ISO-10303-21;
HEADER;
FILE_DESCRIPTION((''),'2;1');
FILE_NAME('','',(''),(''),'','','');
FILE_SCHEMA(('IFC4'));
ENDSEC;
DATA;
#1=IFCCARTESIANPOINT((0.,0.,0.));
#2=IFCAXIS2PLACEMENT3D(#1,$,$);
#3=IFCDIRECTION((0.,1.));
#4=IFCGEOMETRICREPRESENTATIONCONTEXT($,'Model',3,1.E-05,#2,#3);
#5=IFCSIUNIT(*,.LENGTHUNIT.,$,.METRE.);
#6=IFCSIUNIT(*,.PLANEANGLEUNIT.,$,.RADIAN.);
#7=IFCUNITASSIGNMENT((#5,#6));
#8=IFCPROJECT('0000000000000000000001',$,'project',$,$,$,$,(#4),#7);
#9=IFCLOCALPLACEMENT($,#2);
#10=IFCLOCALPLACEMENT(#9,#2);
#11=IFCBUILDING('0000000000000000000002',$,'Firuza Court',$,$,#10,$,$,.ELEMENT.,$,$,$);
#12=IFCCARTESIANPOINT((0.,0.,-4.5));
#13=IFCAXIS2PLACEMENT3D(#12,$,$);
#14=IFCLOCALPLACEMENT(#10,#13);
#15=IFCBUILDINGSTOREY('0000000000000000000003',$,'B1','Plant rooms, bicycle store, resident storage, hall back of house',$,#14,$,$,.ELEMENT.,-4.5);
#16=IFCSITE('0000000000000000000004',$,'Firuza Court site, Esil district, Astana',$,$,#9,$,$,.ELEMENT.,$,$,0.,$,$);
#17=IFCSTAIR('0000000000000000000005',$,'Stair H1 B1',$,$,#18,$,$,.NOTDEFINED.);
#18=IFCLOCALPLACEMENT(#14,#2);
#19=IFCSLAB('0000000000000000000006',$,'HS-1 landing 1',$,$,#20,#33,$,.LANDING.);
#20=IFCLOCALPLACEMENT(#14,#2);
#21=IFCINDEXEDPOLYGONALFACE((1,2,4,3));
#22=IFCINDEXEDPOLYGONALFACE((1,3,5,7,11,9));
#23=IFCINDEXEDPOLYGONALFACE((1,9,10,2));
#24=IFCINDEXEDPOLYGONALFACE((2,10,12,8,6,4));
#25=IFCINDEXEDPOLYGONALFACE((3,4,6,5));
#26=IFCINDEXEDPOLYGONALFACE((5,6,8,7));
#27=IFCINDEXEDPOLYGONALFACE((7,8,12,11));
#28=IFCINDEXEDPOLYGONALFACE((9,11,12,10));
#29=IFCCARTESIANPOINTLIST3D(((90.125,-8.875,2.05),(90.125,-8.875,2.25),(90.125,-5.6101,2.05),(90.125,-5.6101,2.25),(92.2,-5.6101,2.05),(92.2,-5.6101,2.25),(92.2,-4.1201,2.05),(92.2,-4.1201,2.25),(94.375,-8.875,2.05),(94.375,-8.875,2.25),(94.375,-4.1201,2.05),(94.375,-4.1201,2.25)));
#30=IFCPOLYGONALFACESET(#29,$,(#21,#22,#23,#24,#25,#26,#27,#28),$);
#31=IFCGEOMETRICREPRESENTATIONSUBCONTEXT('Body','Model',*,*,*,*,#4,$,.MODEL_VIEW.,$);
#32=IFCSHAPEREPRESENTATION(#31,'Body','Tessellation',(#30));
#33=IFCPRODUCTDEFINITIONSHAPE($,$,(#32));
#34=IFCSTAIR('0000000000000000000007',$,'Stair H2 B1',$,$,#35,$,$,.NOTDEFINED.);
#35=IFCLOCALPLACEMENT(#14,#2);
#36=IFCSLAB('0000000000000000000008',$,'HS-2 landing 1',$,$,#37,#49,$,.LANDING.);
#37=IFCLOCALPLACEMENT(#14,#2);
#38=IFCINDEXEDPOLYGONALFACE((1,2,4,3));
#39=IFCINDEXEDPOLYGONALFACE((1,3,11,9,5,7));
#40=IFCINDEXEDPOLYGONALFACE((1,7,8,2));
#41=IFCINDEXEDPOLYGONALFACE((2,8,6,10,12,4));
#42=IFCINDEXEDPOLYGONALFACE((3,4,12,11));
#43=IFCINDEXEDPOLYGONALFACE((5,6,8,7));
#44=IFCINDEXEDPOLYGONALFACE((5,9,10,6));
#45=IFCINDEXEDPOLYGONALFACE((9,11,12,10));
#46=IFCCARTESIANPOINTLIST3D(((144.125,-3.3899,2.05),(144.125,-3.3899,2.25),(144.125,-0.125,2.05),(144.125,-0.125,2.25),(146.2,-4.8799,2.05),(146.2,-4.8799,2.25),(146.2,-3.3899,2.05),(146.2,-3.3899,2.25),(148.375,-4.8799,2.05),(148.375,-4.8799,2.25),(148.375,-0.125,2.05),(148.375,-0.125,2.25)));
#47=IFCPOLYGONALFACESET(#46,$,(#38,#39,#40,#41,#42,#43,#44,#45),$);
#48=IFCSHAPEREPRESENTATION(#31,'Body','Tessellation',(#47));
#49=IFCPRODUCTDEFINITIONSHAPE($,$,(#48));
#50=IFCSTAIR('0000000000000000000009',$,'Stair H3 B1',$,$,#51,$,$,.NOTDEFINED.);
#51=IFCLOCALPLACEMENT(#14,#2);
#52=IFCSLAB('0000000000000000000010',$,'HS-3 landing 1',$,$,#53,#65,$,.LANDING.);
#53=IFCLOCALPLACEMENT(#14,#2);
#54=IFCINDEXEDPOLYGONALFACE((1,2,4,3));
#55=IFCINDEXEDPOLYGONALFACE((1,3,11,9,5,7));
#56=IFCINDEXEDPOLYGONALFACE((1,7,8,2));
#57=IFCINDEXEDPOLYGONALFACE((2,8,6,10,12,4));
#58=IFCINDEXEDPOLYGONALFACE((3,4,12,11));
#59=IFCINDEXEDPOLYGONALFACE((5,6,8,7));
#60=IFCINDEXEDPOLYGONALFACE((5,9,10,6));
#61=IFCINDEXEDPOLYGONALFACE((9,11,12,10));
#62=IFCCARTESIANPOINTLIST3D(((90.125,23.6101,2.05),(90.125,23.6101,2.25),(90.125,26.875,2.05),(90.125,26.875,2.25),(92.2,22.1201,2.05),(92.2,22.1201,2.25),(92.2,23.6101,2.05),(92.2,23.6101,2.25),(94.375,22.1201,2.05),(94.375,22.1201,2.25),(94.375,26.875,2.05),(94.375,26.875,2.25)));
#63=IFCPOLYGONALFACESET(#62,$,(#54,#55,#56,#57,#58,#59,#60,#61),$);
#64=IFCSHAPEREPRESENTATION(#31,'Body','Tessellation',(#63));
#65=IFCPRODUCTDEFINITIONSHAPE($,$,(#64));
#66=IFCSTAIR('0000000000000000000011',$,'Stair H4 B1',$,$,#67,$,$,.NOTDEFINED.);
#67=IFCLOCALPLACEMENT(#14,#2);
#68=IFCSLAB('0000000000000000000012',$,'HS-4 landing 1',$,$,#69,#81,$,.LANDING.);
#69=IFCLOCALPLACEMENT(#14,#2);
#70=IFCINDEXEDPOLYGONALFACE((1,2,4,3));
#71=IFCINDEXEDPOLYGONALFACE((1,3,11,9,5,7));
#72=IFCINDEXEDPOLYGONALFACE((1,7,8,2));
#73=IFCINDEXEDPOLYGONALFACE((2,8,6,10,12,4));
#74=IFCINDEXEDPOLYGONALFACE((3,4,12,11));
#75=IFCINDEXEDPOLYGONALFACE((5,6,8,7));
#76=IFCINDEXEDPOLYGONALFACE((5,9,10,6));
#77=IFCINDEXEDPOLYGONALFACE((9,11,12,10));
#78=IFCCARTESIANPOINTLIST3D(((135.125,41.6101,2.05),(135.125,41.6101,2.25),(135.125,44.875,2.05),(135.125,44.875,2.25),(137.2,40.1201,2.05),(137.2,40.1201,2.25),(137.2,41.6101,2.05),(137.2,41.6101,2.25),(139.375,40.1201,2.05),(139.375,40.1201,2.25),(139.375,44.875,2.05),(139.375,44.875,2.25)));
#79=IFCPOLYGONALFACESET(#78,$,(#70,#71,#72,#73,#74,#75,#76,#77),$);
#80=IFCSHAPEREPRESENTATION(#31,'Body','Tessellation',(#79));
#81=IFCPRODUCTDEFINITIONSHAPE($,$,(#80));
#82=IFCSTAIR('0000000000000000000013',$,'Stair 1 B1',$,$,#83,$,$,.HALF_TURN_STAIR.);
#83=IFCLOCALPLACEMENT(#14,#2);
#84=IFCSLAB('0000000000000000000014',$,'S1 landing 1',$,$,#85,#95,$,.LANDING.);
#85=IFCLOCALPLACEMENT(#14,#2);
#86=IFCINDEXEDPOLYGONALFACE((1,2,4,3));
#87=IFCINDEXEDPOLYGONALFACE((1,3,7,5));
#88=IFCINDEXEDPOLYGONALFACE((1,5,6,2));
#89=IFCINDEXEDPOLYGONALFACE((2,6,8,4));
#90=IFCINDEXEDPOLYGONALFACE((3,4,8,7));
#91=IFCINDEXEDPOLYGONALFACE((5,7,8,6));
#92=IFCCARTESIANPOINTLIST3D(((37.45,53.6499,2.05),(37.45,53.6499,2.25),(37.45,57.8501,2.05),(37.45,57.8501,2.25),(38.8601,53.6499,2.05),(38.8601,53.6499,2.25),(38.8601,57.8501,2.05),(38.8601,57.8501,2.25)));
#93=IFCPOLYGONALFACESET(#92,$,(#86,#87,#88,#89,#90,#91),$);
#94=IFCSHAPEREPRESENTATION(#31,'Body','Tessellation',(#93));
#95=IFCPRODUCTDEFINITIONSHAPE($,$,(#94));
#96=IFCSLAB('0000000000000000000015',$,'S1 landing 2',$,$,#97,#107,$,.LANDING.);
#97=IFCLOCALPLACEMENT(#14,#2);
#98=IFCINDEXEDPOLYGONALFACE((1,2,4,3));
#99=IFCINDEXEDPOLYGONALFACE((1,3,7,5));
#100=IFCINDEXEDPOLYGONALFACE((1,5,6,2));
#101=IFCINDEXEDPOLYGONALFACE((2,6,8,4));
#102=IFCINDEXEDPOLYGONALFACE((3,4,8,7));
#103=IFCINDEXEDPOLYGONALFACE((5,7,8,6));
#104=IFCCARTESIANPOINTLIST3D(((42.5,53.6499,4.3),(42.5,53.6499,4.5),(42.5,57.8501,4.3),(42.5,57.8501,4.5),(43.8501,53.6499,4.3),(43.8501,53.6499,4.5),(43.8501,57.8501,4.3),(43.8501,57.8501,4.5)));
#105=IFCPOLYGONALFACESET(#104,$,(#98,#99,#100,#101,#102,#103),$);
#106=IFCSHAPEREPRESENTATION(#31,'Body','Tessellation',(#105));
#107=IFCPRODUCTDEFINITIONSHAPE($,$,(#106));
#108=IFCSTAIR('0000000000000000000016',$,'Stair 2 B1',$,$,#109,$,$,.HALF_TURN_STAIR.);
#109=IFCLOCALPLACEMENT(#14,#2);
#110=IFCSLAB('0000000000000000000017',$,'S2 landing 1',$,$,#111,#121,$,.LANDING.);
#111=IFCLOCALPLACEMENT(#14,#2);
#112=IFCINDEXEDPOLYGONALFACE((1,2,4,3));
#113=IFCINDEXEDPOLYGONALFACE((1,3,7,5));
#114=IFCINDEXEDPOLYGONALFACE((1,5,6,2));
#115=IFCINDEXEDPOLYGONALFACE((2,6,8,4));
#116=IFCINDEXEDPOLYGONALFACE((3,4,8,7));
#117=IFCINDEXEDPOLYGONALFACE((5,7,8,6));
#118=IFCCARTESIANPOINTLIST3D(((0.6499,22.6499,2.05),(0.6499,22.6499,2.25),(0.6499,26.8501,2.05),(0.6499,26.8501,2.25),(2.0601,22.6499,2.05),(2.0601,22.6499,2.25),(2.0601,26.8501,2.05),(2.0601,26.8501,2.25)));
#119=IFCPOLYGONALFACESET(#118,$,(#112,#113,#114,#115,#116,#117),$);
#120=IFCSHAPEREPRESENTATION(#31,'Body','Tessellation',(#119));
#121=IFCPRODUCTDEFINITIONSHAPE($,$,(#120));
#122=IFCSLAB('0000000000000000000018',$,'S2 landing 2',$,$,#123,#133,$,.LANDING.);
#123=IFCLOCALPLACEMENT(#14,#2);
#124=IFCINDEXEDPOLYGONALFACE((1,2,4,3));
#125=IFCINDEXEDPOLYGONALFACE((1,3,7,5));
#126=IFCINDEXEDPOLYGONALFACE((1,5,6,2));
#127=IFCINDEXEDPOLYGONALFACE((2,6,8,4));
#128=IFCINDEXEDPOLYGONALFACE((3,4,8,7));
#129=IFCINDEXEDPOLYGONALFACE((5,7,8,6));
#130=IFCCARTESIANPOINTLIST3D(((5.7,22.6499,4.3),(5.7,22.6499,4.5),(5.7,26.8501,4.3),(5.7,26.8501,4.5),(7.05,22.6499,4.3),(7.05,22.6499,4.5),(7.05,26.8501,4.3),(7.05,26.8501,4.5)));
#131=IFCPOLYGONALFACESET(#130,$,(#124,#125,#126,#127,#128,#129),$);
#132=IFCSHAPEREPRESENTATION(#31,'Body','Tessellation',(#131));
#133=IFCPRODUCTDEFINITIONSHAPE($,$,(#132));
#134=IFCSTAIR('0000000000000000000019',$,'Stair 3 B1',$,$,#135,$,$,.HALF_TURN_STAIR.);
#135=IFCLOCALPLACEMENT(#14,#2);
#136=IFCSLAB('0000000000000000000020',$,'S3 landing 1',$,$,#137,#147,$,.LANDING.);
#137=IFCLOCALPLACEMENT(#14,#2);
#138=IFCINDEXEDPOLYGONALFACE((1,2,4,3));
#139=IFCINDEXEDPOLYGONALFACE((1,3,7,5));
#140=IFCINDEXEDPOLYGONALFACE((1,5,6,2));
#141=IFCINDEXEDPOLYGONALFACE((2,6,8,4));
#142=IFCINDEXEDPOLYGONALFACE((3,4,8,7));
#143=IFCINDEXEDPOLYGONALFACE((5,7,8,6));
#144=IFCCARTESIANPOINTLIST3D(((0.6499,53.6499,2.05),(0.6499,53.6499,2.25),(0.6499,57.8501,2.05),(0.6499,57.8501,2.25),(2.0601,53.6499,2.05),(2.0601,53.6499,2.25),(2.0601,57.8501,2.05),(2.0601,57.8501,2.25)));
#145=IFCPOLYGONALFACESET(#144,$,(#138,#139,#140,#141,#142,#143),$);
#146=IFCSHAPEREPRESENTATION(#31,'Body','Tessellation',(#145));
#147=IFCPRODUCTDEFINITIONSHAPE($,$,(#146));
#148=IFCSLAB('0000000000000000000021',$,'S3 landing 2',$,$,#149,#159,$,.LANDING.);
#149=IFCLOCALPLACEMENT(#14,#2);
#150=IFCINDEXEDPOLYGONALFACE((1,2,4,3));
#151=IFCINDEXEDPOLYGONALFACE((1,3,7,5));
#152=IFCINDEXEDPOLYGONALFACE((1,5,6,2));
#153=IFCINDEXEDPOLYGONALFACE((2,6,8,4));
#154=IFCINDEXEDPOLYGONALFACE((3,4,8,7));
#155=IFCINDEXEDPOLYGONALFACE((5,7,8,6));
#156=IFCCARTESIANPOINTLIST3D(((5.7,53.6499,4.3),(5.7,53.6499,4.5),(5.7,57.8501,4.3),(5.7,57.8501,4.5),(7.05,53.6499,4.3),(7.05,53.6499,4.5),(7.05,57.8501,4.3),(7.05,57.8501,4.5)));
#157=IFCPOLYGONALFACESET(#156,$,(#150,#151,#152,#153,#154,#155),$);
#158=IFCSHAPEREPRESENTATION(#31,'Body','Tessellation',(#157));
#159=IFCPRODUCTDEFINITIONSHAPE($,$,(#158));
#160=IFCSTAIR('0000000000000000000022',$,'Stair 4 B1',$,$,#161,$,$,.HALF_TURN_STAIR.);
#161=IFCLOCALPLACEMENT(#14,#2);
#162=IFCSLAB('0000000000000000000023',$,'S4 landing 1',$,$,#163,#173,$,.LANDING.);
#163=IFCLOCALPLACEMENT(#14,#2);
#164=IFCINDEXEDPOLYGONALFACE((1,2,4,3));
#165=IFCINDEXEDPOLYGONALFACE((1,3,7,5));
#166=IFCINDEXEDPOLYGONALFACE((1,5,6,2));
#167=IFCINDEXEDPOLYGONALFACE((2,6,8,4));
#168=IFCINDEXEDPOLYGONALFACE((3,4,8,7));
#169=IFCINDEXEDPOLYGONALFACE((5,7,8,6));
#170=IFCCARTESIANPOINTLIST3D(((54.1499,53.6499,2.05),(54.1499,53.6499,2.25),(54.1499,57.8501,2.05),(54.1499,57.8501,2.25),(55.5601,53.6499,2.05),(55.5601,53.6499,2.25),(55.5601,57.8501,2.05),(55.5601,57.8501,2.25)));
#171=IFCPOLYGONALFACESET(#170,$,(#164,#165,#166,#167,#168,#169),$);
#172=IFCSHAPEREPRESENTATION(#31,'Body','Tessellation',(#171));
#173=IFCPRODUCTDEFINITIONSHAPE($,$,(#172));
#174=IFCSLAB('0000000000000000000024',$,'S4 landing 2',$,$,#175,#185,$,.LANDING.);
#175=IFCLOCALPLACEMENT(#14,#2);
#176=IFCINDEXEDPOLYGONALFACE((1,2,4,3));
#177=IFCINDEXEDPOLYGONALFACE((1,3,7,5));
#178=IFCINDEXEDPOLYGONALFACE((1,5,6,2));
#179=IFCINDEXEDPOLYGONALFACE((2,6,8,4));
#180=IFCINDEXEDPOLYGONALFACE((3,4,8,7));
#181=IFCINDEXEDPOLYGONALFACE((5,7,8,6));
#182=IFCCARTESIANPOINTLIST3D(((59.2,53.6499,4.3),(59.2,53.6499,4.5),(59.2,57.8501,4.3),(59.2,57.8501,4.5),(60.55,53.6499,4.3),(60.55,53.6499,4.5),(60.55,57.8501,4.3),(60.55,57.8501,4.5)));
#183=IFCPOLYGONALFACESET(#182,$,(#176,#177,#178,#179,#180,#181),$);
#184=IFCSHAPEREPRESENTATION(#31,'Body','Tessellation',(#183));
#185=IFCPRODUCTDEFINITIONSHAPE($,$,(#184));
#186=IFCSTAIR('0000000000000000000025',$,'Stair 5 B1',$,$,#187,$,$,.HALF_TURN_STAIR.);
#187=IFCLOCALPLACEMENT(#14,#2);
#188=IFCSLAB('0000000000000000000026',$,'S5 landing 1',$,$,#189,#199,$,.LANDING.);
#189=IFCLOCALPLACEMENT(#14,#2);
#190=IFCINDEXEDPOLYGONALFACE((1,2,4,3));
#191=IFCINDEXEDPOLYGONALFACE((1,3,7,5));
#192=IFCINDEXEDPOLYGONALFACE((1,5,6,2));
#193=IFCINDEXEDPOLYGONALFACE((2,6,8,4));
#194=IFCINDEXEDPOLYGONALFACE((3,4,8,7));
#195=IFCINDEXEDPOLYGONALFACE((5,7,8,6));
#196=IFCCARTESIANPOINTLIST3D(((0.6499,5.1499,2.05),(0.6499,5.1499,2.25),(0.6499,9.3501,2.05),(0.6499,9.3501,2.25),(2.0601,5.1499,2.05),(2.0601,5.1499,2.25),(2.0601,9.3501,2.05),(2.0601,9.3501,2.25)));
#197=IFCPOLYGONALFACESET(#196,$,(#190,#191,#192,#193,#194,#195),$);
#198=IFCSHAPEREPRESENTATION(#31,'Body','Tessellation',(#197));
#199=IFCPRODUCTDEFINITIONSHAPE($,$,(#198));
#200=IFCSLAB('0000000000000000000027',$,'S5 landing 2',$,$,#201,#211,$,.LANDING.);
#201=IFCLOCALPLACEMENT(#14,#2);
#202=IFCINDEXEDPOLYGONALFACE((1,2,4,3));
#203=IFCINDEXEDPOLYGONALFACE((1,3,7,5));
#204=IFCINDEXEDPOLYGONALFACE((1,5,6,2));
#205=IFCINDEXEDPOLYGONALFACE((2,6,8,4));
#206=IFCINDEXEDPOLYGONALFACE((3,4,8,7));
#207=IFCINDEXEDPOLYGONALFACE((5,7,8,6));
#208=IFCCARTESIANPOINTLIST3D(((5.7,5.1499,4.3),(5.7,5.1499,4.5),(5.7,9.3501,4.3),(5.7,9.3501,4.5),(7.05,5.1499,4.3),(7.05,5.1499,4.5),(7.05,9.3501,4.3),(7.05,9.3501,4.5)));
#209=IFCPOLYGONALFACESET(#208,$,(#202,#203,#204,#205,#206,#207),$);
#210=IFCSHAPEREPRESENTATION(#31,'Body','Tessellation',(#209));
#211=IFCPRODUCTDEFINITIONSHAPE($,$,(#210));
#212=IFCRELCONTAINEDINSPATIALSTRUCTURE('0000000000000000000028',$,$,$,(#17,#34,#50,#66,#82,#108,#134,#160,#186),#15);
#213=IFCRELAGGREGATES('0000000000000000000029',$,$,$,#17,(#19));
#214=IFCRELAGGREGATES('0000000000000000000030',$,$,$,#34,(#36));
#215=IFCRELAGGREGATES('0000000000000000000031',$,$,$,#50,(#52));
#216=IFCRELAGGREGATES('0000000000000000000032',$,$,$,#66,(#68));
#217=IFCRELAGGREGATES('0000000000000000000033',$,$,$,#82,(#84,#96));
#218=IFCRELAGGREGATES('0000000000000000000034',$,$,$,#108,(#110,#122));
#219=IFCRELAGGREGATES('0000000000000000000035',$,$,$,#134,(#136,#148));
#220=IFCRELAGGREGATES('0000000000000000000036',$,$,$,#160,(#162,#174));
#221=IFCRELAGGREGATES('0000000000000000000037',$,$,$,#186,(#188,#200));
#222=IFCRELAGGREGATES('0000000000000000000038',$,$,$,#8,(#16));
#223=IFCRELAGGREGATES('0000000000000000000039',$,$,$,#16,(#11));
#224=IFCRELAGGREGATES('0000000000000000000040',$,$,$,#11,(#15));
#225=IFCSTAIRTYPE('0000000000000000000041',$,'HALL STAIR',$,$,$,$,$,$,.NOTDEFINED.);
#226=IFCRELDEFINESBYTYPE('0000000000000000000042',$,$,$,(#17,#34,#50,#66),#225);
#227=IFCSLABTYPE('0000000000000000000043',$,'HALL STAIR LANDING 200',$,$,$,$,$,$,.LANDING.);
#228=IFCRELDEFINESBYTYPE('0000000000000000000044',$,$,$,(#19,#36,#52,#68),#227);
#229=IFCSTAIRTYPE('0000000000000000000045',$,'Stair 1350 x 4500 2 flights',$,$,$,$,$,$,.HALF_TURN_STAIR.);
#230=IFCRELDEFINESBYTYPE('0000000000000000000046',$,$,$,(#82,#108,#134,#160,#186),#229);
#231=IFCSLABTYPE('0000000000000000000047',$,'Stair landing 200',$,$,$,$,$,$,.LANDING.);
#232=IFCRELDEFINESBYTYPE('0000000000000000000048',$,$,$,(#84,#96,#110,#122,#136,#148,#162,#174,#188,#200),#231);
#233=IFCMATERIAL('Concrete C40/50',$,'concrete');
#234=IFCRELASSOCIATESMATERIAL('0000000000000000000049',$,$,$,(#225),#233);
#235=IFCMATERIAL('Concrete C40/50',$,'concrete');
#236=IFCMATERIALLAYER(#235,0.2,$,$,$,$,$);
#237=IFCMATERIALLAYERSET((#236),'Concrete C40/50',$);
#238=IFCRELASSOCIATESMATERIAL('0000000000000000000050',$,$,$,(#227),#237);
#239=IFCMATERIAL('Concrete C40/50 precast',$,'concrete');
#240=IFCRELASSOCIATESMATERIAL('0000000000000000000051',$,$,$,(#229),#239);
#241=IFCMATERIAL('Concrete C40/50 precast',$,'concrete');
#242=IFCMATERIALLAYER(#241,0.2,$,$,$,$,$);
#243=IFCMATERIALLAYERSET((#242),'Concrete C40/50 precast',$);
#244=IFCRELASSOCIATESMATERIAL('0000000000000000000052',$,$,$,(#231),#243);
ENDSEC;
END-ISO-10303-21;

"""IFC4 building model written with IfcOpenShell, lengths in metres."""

from ifc_helpers import new_model, si_unit, direction, frame, origin, place, context, subcontext, project, spatial, polyline, outline, extrude, material, layer, layer_set, type_object, element, aggregate, save


model = new_model("IFC4")

# Units and contexts
model_context = context("Model", 3, precision=1e-05, world=origin(), true_north=direction((0.0, 1.0)))
body_context = subcontext(model_context, "Body", "Model", "MODEL_VIEW")
ifc_project = project(units=[si_unit("LENGTHUNIT", "METRE"), si_unit("PLANEANGLEUNIT", "RADIAN")], contexts=[model_context])

# Site, building, storey
site_placement = place(None, origin())
site = spatial("IfcSite", under=ifc_project, at=site_placement, Name="Firuza Court site, Esil district, Astana", CompositionType="ELEMENT", RefElevation=0.0)
building_placement = place(site_placement, origin())
building = spatial("IfcBuilding", under=site, at=building_placement, Name="Firuza Court", CompositionType="ELEMENT")
storey_placement = place(building_placement, frame((0.0, 0.0, -4.5)))
storey = spatial("IfcBuildingStorey", under=building, at=storey_placement, Name="B1", Description="Plant rooms, bicycle store, resident storage, hall back of house", CompositionType="ELEMENT", Elevation=-4.5)

# Shared definitions
ifc_material_1 = material(Name="Concrete C40/50", Category="concrete")

# Stairs, slabs
ifc_material_2 = material(Name="Concrete C40/50", Category="concrete")
stair_type_1 = type_object("IfcStairType", Name="HALL STAIR", PredefinedType="NOTDEFINED", material=ifc_material_2)
stair_1_placement = place(storey_placement, origin())
stair_1 = element("IfcStair", 1, at=stair_1_placement, inside=storey, type_object=stair_type_1, Name="Stair H1 B1", PredefinedType="NOTDEFINED")
ifc_layer_1 = layer(ifc_material_1, 0.2)
ifc_layer_set_1 = layer_set([ifc_layer_1], Name="Concrete C40/50")
slab_type_1 = type_object("IfcSlabType", Name="HALL STAIR LANDING 200", PredefinedType="LANDING", material=ifc_layer_set_1)
slab_1_placement = place(storey_placement, frame((0.0, 0.0, 2.05)))
slab_1 = element("IfcSlab", 2, at=slab_1_placement, type_object=slab_type_1, Name="HS-1 landing 1", PredefinedType="LANDING", context=body_context, shape_type="SweptSolid", body=[
    extrude(outline(polyline([(90.125, -5.6101), (92.2, -5.6101), (92.2, -4.1201), (94.375, -4.1201), (94.375, -8.875), (90.125, -8.875), (90.125, -5.6101)])), origin(), (0.0, 0.0, 1.0), 0.2),
])
aggregate(stair_1, [slab_1])
stair_2_placement = place(storey_placement, origin())
stair_2 = element("IfcStair", 3, at=stair_2_placement, inside=storey, type_object=stair_type_1, Name="Stair H2 B1", PredefinedType="NOTDEFINED")
slab_2_placement = place(storey_placement, frame((0.0, 0.0, 2.05)))
slab_2 = element("IfcSlab", 4, at=slab_2_placement, type_object=slab_type_1, Name="HS-2 landing 1", PredefinedType="LANDING", context=body_context, shape_type="SweptSolid", body=[
    extrude(outline(polyline([(144.125, -3.3899), (146.2, -3.3899), (146.2, -4.8799), (148.375, -4.8799), (148.375, -0.125), (144.125, -0.125), (144.125, -3.3899)])), origin(), (0.0, 0.0, 1.0), 0.2),
])
aggregate(stair_2, [slab_2])
stair_3_placement = place(storey_placement, origin())
stair_3 = element("IfcStair", 5, at=stair_3_placement, inside=storey, type_object=stair_type_1, Name="Stair H3 B1", PredefinedType="NOTDEFINED")
slab_3_placement = place(storey_placement, frame((0.0, 0.0, 2.05)))
slab_3 = element("IfcSlab", 6, at=slab_3_placement, type_object=slab_type_1, Name="HS-3 landing 1", PredefinedType="LANDING", context=body_context, shape_type="SweptSolid", body=[
    extrude(outline(polyline([(90.125, 23.6101), (92.2, 23.6101), (92.2, 22.1201), (94.375, 22.1201), (94.375, 26.875), (90.125, 26.875), (90.125, 23.6101)])), origin(), (0.0, 0.0, 1.0), 0.2),
])
aggregate(stair_3, [slab_3])
stair_4_placement = place(storey_placement, origin())
stair_4 = element("IfcStair", 7, at=stair_4_placement, inside=storey, type_object=stair_type_1, Name="Stair H4 B1", PredefinedType="NOTDEFINED")
slab_4_placement = place(storey_placement, frame((0.0, 0.0, 2.05)))
slab_4 = element("IfcSlab", 8, at=slab_4_placement, type_object=slab_type_1, Name="HS-4 landing 1", PredefinedType="LANDING", context=body_context, shape_type="SweptSolid", body=[
    extrude(outline(polyline([(135.125, 41.6101), (137.2, 41.6101), (137.2, 40.1201), (139.375, 40.1201), (139.375, 44.875), (135.125, 44.875), (135.125, 41.6101)])), origin(), (0.0, 0.0, 1.0), 0.2),
])
aggregate(stair_4, [slab_4])

# Stairs, slabs
ifc_material_3 = material(Name="Concrete C40/50 precast", Category="concrete")
stair_type_2 = type_object("IfcStairType", Name="Stair 1350 x 4500 2 flights", PredefinedType="HALF_TURN_STAIR", material=ifc_material_3)
stair_5_placement = place(storey_placement, origin())
stair_5 = element("IfcStair", 9, at=stair_5_placement, inside=storey, type_object=stair_type_2, Name="Stair 1 B1", PredefinedType="HALF_TURN_STAIR")
ifc_material_4 = material(Name="Concrete C40/50 precast", Category="concrete")
ifc_layer_2 = layer(ifc_material_4, 0.2)
ifc_layer_set_2 = layer_set([ifc_layer_2], Name="Concrete C40/50 precast")
slab_type_2 = type_object("IfcSlabType", Name="Stair landing 200", PredefinedType="LANDING", material=ifc_layer_set_2)
slab_5_placement = place(storey_placement, frame((0.0, 0.0, 2.05)))
slab_5 = element("IfcSlab", 10, at=slab_5_placement, type_object=slab_type_2, Name="S1 landing 1", PredefinedType="LANDING", context=body_context, shape_type="SweptSolid", body=[
    extrude(outline(polyline([(38.8601, 53.6499), (38.8601, 57.8501), (37.45, 57.8501), (37.45, 53.6499), (38.8601, 53.6499)])), origin(), (0.0, 0.0, 1.0), 0.2),
])
slab_6_placement = place(storey_placement, frame((0.0, 0.0, 4.3)))
slab_6 = element("IfcSlab", 11, at=slab_6_placement, type_object=slab_type_2, Name="S1 landing 2", PredefinedType="LANDING", context=body_context, shape_type="SweptSolid", body=[
    extrude(outline(polyline([(43.8501, 53.6499), (43.8501, 57.8501), (42.5, 57.8501), (42.5, 53.6499), (43.8501, 53.6499)])), origin(), (0.0, 0.0, 1.0), 0.2),
])
aggregate(stair_5, [slab_5, slab_6])
stair_6_placement = place(storey_placement, origin())
stair_6 = element("IfcStair", 12, at=stair_6_placement, inside=storey, type_object=stair_type_2, Name="Stair 2 B1", PredefinedType="HALF_TURN_STAIR")
slab_7_placement = place(storey_placement, frame((0.0, 0.0, 2.05)))
slab_7 = element("IfcSlab", 13, at=slab_7_placement, type_object=slab_type_2, Name="S2 landing 1", PredefinedType="LANDING", context=body_context, shape_type="SweptSolid", body=[
    extrude(outline(polyline([(2.0601, 22.6499), (2.0601, 26.8501), (0.6499, 26.8501), (0.6499, 22.6499), (2.0601, 22.6499)])), origin(), (0.0, 0.0, 1.0), 0.2),
])
slab_8_placement = place(storey_placement, frame((0.0, 0.0, 4.3)))
slab_8 = element("IfcSlab", 14, at=slab_8_placement, type_object=slab_type_2, Name="S2 landing 2", PredefinedType="LANDING", context=body_context, shape_type="SweptSolid", body=[
    extrude(outline(polyline([(7.05, 22.6499), (7.05, 26.8501), (5.7, 26.8501), (5.7, 22.6499), (7.05, 22.6499)])), origin(), (0.0, 0.0, 1.0), 0.2),
])
aggregate(stair_6, [slab_7, slab_8])
stair_7_placement = place(storey_placement, origin())
stair_7 = element("IfcStair", 15, at=stair_7_placement, inside=storey, type_object=stair_type_2, Name="Stair 3 B1", PredefinedType="HALF_TURN_STAIR")
slab_9_placement = place(storey_placement, frame((0.0, 0.0, 2.05)))
slab_9 = element("IfcSlab", 16, at=slab_9_placement, type_object=slab_type_2, Name="S3 landing 1", PredefinedType="LANDING", context=body_context, shape_type="SweptSolid", body=[
    extrude(outline(polyline([(2.0601, 53.6499), (2.0601, 57.8501), (0.6499, 57.8501), (0.6499, 53.6499), (2.0601, 53.6499)])), origin(), (0.0, 0.0, 1.0), 0.2),
])
slab_10_placement = place(storey_placement, frame((0.0, 0.0, 4.3)))
slab_10 = element("IfcSlab", 17, at=slab_10_placement, type_object=slab_type_2, Name="S3 landing 2", PredefinedType="LANDING", context=body_context, shape_type="SweptSolid", body=[
    extrude(outline(polyline([(7.05, 53.6499), (7.05, 57.8501), (5.7, 57.8501), (5.7, 53.6499), (7.05, 53.6499)])), origin(), (0.0, 0.0, 1.0), 0.2),
])
aggregate(stair_7, [slab_9, slab_10])
stair_8_placement = place(storey_placement, origin())
stair_8 = element("IfcStair", 18, at=stair_8_placement, inside=storey, type_object=stair_type_2, Name="Stair 4 B1", PredefinedType="HALF_TURN_STAIR")
slab_11_placement = place(storey_placement, frame((0.0, 0.0, 2.05)))
slab_11 = element("IfcSlab", 19, at=slab_11_placement, type_object=slab_type_2, Name="S4 landing 1", PredefinedType="LANDING", context=body_context, shape_type="SweptSolid", body=[
    extrude(outline(polyline([(55.5601, 53.6499), (55.5601, 57.8501), (54.1499, 57.8501), (54.1499, 53.6499), (55.5601, 53.6499)])), origin(), (0.0, 0.0, 1.0), 0.2),
])
slab_12_placement = place(storey_placement, frame((0.0, 0.0, 4.3)))
slab_12 = element("IfcSlab", 20, at=slab_12_placement, type_object=slab_type_2, Name="S4 landing 2", PredefinedType="LANDING", context=body_context, shape_type="SweptSolid", body=[
    extrude(outline(polyline([(60.55, 53.6499), (60.55, 57.8501), (59.2, 57.8501), (59.2, 53.6499), (60.55, 53.6499)])), origin(), (0.0, 0.0, 1.0), 0.2),
])
aggregate(stair_8, [slab_11, slab_12])
stair_9_placement = place(storey_placement, origin())
stair_9 = element("IfcStair", 21, at=stair_9_placement, inside=storey, type_object=stair_type_2, Name="Stair 5 B1", PredefinedType="HALF_TURN_STAIR")
slab_13_placement = place(storey_placement, frame((0.0, 0.0, 2.05)))
slab_13 = element("IfcSlab", 22, at=slab_13_placement, type_object=slab_type_2, Name="S5 landing 1", PredefinedType="LANDING", context=body_context, shape_type="SweptSolid", body=[
    extrude(outline(polyline([(2.0601, 5.1499), (2.0601, 9.3501), (0.6499, 9.3501), (0.6499, 5.1499), (2.0601, 5.1499)])), origin(), (0.0, 0.0, 1.0), 0.2),
])
slab_14_placement = place(storey_placement, frame((0.0, 0.0, 4.3)))
slab_14 = element("IfcSlab", 23, at=slab_14_placement, type_object=slab_type_2, Name="S5 landing 2", PredefinedType="LANDING", context=body_context, shape_type="SweptSolid", body=[
    extrude(outline(polyline([(7.05, 5.1499), (7.05, 9.3501), (5.7, 9.3501), (5.7, 5.1499), (7.05, 5.1499)])), origin(), (0.0, 0.0, 1.0), 0.2),
])
aggregate(stair_9, [slab_13, slab_14])

save(model, "model.ifc")
